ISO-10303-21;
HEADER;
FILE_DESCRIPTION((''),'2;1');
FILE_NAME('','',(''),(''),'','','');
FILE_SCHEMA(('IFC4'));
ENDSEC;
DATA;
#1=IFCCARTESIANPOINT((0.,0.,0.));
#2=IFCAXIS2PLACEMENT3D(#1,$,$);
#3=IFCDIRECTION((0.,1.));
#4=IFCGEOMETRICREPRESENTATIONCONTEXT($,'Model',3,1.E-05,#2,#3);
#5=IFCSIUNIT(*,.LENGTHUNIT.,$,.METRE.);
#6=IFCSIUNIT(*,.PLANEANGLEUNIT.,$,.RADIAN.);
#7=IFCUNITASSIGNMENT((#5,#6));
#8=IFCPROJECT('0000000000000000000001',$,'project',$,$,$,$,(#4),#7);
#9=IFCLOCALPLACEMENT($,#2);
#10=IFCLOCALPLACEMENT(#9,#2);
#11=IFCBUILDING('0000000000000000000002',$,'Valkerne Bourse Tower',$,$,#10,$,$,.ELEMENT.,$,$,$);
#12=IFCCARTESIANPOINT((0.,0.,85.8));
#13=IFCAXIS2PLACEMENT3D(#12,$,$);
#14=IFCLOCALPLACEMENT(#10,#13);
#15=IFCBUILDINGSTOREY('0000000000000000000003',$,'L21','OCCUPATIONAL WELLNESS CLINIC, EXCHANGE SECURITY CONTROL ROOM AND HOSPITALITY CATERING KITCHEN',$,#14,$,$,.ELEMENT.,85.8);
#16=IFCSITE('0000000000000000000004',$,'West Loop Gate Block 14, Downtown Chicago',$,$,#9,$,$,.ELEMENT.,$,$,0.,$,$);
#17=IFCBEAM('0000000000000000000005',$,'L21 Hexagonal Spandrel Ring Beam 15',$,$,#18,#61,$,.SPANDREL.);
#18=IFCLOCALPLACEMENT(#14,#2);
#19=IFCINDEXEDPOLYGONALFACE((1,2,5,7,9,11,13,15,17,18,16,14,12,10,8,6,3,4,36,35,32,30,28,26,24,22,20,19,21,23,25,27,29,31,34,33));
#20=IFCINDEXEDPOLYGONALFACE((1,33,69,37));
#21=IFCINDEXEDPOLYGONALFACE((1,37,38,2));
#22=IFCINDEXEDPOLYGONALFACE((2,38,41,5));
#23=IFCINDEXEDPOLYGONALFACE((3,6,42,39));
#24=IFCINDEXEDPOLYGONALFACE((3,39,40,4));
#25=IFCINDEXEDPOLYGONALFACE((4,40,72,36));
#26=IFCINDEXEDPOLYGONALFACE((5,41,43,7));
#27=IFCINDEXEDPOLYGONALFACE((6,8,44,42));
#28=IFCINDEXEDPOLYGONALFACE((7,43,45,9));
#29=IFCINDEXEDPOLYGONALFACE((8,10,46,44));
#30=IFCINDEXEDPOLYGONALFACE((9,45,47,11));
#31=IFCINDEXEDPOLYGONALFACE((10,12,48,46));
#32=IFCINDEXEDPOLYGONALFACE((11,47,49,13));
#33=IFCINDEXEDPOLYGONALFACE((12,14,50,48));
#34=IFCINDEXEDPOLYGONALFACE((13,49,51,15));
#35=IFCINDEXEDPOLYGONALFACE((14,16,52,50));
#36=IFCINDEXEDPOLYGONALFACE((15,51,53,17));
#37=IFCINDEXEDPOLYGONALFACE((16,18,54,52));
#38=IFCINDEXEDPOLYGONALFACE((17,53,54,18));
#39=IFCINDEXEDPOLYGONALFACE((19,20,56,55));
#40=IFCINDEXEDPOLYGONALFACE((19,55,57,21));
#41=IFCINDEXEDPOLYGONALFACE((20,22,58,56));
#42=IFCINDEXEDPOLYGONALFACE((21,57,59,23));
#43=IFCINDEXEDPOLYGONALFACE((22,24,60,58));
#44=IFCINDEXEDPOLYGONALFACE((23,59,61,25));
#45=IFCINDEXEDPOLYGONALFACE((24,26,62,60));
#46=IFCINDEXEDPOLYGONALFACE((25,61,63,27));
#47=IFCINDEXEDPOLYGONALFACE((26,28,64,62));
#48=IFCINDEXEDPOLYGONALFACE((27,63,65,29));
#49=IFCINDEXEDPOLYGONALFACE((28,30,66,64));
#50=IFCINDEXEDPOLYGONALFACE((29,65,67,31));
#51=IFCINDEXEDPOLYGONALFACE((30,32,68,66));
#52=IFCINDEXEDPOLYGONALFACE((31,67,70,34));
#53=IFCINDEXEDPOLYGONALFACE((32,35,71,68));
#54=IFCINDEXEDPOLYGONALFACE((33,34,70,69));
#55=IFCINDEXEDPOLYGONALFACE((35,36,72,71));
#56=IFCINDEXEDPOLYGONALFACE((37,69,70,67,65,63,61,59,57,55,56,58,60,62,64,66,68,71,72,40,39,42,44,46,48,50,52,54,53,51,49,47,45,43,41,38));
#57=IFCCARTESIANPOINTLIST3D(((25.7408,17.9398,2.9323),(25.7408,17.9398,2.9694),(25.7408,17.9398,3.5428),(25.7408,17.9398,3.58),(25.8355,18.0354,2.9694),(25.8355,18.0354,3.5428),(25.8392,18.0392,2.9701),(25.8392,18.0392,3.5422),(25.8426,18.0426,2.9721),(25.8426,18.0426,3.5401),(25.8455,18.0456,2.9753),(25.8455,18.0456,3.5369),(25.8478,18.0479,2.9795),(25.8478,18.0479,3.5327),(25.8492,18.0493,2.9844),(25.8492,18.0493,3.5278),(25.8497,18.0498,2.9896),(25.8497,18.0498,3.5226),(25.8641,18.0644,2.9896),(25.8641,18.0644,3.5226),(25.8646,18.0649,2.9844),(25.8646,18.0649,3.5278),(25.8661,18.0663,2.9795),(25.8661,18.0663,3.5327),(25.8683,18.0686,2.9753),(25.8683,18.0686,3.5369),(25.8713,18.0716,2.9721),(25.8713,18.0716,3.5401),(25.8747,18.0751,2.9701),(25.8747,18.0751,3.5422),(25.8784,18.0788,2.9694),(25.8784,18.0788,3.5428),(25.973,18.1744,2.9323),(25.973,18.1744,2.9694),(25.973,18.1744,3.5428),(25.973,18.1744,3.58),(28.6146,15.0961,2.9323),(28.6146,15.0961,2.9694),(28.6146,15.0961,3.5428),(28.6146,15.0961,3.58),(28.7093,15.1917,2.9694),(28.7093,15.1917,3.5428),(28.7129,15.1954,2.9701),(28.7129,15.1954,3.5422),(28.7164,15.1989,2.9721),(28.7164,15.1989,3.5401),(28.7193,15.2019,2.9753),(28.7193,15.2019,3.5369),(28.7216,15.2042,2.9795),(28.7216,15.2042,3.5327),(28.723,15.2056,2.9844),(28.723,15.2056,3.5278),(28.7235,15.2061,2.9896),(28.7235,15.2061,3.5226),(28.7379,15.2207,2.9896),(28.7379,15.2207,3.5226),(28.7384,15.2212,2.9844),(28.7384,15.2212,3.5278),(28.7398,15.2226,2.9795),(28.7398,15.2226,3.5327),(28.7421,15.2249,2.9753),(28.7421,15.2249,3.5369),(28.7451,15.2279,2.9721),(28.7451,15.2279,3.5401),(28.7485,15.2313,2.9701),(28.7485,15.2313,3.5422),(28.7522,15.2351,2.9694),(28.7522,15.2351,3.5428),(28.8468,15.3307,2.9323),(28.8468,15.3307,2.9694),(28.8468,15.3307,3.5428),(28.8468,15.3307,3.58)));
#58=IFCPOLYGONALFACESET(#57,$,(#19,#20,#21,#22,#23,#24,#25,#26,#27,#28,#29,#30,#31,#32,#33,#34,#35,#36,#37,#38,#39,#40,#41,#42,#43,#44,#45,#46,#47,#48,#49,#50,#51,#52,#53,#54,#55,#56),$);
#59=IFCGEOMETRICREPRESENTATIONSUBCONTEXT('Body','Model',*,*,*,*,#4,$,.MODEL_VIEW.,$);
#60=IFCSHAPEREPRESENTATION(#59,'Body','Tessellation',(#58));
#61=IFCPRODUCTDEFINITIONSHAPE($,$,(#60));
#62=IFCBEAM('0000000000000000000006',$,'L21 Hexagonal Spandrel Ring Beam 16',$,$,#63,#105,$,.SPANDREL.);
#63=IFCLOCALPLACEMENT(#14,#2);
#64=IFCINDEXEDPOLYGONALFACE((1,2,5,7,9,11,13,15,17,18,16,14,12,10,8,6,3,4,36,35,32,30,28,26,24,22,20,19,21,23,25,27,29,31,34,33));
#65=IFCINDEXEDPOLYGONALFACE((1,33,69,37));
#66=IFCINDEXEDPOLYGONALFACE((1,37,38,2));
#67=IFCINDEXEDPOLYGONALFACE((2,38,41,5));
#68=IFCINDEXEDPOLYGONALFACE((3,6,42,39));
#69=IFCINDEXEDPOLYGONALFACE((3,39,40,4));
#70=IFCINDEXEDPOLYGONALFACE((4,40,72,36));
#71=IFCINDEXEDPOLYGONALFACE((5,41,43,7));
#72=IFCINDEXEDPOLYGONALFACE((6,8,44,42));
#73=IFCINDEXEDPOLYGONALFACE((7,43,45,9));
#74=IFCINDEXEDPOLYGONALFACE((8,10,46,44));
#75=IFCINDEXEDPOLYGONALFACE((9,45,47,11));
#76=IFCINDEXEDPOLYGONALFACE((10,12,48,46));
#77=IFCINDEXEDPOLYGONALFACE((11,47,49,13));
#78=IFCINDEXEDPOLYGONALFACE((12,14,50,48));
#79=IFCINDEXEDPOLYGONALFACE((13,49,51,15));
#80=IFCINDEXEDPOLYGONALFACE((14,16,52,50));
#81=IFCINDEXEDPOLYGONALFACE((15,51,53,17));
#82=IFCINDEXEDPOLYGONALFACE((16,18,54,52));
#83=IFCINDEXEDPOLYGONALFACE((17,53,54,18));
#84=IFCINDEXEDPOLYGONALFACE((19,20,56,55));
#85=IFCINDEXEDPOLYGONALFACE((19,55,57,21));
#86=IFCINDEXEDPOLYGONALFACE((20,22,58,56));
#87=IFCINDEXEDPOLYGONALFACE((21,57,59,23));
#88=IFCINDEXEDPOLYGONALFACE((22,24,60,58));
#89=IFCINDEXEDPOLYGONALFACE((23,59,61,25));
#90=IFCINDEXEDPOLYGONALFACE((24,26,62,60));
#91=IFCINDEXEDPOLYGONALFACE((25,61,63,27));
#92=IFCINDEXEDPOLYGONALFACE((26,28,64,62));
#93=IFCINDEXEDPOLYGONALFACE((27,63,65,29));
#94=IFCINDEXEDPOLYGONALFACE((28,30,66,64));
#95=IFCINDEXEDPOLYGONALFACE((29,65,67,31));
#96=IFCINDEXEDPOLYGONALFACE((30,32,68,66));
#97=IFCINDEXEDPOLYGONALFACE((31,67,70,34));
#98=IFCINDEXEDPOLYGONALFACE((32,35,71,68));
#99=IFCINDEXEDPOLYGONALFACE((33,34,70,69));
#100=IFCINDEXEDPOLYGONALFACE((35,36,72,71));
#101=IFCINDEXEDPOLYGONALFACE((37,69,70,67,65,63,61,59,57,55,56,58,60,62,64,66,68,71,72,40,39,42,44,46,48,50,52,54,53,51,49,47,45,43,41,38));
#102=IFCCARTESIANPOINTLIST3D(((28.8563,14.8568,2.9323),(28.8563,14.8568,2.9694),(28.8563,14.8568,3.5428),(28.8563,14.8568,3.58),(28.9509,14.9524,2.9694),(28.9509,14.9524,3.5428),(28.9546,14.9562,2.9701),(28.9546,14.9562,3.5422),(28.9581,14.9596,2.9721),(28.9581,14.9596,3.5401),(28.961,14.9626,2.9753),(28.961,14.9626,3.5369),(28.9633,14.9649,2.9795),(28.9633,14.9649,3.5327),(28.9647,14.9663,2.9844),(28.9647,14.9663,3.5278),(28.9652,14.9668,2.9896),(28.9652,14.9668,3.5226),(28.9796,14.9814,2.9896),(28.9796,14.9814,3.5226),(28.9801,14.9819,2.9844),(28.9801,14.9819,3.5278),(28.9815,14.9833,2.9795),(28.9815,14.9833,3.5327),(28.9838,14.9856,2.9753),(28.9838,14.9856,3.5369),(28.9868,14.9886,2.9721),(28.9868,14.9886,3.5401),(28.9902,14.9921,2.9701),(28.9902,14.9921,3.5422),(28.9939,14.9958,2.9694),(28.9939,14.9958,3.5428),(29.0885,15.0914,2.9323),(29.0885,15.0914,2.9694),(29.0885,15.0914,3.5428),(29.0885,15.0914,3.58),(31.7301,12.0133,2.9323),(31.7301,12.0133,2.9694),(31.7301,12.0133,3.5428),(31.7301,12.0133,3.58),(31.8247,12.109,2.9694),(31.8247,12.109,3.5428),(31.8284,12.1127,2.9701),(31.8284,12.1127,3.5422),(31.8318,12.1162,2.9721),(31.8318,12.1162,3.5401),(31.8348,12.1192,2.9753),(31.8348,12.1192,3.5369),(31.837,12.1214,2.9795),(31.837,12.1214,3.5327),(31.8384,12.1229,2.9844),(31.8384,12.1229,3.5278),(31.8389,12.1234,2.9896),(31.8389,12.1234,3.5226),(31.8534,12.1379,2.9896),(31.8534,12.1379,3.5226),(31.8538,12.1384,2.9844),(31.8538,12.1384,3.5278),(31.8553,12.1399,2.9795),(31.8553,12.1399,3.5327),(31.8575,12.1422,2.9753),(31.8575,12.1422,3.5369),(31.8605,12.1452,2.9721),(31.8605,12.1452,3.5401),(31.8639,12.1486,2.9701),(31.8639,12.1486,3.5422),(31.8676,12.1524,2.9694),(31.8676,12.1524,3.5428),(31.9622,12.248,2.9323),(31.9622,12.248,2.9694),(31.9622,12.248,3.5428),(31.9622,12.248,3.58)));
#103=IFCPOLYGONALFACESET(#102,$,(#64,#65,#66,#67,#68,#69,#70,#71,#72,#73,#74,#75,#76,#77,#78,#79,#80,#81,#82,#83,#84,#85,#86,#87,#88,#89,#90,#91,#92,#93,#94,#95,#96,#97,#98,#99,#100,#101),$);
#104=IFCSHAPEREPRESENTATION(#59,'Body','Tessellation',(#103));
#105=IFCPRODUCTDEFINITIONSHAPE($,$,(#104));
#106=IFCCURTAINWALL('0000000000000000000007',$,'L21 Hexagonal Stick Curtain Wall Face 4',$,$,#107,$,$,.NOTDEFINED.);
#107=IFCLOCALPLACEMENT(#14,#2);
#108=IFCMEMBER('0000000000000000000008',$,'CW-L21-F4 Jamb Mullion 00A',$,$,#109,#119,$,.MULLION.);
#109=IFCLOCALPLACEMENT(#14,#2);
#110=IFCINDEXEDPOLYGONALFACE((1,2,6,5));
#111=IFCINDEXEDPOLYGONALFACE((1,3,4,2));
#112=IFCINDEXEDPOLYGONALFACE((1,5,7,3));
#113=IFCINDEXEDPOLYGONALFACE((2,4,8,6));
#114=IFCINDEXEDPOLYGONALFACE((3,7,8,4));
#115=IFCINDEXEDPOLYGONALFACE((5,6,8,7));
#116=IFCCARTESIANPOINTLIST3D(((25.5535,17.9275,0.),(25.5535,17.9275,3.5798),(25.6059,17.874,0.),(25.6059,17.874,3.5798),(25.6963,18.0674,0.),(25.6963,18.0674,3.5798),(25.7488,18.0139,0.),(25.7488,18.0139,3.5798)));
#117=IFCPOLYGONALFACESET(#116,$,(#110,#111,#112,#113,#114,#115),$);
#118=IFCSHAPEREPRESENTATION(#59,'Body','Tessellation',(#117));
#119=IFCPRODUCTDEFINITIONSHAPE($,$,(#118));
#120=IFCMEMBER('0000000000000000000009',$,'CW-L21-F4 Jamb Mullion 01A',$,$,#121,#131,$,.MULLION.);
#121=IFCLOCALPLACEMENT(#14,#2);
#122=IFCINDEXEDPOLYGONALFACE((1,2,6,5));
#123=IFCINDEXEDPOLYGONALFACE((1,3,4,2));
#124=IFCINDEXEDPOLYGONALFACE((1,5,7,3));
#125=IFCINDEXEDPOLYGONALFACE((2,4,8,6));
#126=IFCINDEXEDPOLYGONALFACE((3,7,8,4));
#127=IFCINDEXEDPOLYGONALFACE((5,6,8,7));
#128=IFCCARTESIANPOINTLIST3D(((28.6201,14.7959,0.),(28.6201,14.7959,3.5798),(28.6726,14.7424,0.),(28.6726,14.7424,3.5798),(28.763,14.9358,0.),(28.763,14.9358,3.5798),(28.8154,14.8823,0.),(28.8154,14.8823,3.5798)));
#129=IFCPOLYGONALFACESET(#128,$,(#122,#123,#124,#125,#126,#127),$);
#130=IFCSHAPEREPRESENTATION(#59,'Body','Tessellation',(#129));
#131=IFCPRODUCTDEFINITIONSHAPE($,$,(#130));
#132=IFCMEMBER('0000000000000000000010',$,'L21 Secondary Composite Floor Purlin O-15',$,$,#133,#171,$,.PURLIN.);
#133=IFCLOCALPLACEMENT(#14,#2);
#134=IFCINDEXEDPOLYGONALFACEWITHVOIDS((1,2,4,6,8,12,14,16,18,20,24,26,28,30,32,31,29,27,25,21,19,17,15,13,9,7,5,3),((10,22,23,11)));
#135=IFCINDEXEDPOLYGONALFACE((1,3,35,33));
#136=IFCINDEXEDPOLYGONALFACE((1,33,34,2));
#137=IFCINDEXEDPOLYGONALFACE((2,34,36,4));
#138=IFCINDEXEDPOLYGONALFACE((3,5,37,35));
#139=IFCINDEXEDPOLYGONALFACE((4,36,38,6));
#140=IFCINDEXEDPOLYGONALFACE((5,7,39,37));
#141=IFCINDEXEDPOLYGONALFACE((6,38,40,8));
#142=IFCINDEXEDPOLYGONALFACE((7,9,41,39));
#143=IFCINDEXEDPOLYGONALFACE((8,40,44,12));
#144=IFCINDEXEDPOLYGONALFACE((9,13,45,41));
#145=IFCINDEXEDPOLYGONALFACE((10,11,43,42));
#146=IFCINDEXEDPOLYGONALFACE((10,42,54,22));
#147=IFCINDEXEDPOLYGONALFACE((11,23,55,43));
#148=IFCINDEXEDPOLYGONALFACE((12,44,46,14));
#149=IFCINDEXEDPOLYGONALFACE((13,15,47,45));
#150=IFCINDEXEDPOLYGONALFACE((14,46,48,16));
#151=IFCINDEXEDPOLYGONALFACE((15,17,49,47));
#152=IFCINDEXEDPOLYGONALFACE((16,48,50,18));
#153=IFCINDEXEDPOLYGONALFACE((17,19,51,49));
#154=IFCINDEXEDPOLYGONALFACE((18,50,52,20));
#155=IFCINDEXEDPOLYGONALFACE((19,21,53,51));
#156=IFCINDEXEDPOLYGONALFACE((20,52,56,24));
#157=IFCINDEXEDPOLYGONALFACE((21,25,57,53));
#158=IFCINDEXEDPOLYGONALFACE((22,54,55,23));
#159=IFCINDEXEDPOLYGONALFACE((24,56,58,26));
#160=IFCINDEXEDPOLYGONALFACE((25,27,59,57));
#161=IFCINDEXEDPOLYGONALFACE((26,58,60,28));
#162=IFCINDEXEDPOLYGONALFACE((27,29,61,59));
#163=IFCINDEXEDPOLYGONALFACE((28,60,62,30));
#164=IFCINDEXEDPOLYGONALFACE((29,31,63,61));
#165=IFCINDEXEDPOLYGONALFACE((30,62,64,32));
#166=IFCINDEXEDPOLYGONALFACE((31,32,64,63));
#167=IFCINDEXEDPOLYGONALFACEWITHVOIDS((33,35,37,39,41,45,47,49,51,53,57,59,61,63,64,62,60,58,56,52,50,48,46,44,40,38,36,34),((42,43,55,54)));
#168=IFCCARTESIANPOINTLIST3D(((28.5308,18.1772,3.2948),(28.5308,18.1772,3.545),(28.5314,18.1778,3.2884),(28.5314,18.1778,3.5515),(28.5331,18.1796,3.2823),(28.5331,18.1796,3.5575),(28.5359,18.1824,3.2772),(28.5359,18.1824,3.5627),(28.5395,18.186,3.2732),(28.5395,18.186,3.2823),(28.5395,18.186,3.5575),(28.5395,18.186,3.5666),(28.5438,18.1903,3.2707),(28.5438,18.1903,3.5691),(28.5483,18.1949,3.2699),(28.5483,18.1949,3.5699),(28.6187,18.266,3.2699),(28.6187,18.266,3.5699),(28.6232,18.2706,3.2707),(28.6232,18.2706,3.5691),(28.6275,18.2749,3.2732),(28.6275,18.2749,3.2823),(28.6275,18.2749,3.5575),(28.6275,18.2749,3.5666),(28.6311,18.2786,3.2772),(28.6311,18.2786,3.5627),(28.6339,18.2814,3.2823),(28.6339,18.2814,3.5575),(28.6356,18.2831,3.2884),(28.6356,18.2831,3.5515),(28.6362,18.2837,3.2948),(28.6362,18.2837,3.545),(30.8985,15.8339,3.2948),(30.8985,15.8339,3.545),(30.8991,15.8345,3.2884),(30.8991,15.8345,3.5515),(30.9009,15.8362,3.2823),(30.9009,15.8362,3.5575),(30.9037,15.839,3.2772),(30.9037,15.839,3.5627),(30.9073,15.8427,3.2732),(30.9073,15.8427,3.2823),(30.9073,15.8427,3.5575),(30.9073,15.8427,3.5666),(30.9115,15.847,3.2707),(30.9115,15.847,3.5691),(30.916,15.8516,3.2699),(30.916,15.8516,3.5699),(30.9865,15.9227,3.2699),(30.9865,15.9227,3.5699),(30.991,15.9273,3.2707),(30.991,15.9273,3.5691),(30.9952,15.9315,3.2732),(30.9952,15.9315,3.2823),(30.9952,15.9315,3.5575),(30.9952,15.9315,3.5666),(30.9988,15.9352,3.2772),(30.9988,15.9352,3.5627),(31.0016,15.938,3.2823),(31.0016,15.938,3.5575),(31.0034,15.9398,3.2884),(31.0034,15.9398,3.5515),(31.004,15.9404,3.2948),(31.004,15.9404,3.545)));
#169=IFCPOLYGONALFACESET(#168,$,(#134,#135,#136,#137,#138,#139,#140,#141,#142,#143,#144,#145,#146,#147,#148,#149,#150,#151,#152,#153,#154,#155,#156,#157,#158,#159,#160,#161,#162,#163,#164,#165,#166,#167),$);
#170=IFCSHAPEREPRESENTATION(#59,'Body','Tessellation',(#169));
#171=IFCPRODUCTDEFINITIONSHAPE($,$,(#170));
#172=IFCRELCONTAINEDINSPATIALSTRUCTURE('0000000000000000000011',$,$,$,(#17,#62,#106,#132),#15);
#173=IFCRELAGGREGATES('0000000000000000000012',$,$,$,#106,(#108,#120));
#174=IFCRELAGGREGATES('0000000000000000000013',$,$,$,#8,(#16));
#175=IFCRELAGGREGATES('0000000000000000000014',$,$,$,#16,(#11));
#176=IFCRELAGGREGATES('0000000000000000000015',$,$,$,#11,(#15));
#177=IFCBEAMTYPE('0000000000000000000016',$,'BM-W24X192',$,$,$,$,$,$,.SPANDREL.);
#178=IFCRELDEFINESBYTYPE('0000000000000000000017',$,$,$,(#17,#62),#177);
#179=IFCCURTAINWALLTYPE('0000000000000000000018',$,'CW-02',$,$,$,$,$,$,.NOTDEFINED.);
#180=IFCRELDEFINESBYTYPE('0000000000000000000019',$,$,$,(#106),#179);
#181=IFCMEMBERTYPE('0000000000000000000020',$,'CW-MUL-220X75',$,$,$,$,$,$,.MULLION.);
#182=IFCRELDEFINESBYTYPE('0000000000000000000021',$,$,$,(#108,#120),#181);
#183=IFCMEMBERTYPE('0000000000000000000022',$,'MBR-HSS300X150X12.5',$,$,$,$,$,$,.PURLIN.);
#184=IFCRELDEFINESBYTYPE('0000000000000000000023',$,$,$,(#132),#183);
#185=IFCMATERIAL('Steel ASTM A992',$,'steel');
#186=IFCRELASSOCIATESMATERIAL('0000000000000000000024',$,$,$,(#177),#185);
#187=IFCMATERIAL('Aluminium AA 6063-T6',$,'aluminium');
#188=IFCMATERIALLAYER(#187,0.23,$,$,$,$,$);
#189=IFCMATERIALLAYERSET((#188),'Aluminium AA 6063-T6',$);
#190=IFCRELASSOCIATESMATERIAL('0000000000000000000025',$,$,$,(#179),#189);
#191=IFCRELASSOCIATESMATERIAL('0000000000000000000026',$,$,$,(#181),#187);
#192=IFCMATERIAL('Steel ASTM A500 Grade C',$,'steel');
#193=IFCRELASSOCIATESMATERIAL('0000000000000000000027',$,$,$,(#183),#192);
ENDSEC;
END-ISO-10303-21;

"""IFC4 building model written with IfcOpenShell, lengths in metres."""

from ifc_helpers import new_model, si_unit, direction, frame, origin, origin_2d, place, context, subcontext, project, spatial, rectangle, hollow_rectangle, i_section, extrude, material, layer, layer_set, material_profile, profile_set, type_object, element, aggregate, save


model = new_model("IFC4")

# Units and contexts
model_context = context("Model", 3, precision=1e-05, world=origin(), true_north=direction((0.0, 1.0)))
body_context = subcontext(model_context, "Body", "Model", "MODEL_VIEW")
ifc_project = project(units=[si_unit("LENGTHUNIT", "METRE"), si_unit("PLANEANGLEUNIT", "RADIAN")], contexts=[model_context])

# Site, building, storey
site_placement = place(None, origin())
site = spatial("IfcSite", under=ifc_project, at=site_placement, Name="West Loop Gate Block 14, Downtown Chicago", CompositionType="ELEMENT", RefElevation=0.0)
building_placement = place(site_placement, origin())
building = spatial("IfcBuilding", under=site, at=building_placement, Name="Valkerne Bourse Tower", CompositionType="ELEMENT")
storey_placement = place(building_placement, frame((0.0, 0.0, 85.8)))
storey = spatial("IfcBuildingStorey", under=building, at=storey_placement, Name="L21", Description="OCCUPATIONAL WELLNESS CLINIC, EXCHANGE SECURITY CONTROL ROOM AND HOSPITALITY CATERING KITCHEN", CompositionType="ELEMENT", Elevation=85.8)

# Beams
ifc_material_1 = material(Name="Steel ASTM A992", Category="steel")
ifc_material_profile_1 = material_profile(ifc_material_1, i_section(OverallWidth=0.3301, OverallDepth=0.6477, WebThickness=0.0205, FlangeThickness=0.0371, FilletRadius=0.0203, at=origin_2d()), Name="W24X192")
ifc_profile_set_1 = profile_set([ifc_material_profile_1], Name="Steel ASTM A992")
beam_type_1 = type_object("IfcBeamType", Name="BM-W24X192", PredefinedType="SPANDREL", material=ifc_profile_set_1)
beam_1_placement = place(storey_placement, frame((25.8569, 18.0571, 3.2561), z_axis=(0.710811, -0.703383, 0.0), x_axis=(0.703383, 0.710811, 0.0)))
element("IfcBeam", 1, at=beam_1_placement, inside=storey, type_object=beam_type_1, Name="L21 Hexagonal Spandrel Ring Beam 15", PredefinedType="SPANDREL", context=body_context, shape_type="SweptSolid", body=[
    extrude(i_section(OverallWidth=0.3301, OverallDepth=0.6477, WebThickness=0.0205, FlangeThickness=0.0371, FilletRadius=0.0203, at=origin_2d()), origin(), (0.0, 0.0, 1.0), 4.043),
])
beam_2_placement = place(storey_placement, frame((28.9724, 14.9741, 3.2561), z_axis=(0.710841, -0.703353, 0.0), x_axis=(0.703353, 0.710841, 0.0)))
element("IfcBeam", 2, at=beam_2_placement, inside=storey, type_object=beam_type_1, Name="L21 Hexagonal Spandrel Ring Beam 16", PredefinedType="SPANDREL", context=body_context, shape_type="SweptSolid", body=[
    extrude(i_section(OverallWidth=0.3301, OverallDepth=0.6477, WebThickness=0.0205, FlangeThickness=0.0371, FilletRadius=0.0203, at=origin_2d()), origin(), (0.0, 0.0, 1.0), 4.0427),
])

# Curtain wall, members
ifc_material_2 = material(Name="Aluminium AA 6063-T6", Category="aluminium")
ifc_layer_1 = layer(ifc_material_2, 0.23)
ifc_layer_set_1 = layer_set([ifc_layer_1], Name="Aluminium AA 6063-T6")
curtain_wall_type = type_object("IfcCurtainWallType", Name="CW-02", PredefinedType="NOTDEFINED", material=ifc_layer_set_1)
curtain_wall_placement = place(storey_placement, origin())
curtain_wall = element("IfcCurtainWall", 3, at=curtain_wall_placement, inside=storey, type_object=curtain_wall_type, Name="L21 Hexagonal Stick Curtain Wall Face 4", PredefinedType="NOTDEFINED")
ifc_material_profile_2 = material_profile(ifc_material_2, rectangle(XDim=0.075, YDim=0.2, at=origin_2d()), Name="CWM-75X200")
ifc_profile_set_2 = profile_set([ifc_material_profile_2], Name="Aluminium AA 6063-T6")
member_type_1 = type_object("IfcMemberType", Name="CW-MUL-220X75", PredefinedType="MULLION", material=ifc_profile_set_2)
member_1_placement = place(storey_placement, frame((25.6511, 17.9707, 0.0), z_axis=(0.0, 0.0, 1.0), x_axis=(0.699653, -0.714483, 0.0)))
member_1 = element("IfcMember", 4, at=member_1_placement, type_object=member_type_1, Name="CW-L21-F4 Jamb Mullion 00A", PredefinedType="MULLION", context=body_context, shape_type="SweptSolid", body=[
    extrude(rectangle(XDim=0.075, YDim=0.2, at=origin_2d()), origin(), (0.0, 0.0, 1.0), 3.5798),
])
member_2_placement = place(storey_placement, frame((28.7178, 14.8391, 0.0), z_axis=(0.0, 0.0, 1.0), x_axis=(0.699664, -0.714472, 0.0)))
member_2 = element("IfcMember", 5, at=member_2_placement, type_object=member_type_1, Name="CW-L21-F4 Jamb Mullion 01A", PredefinedType="MULLION", context=body_context, shape_type="SweptSolid", body=[
    extrude(rectangle(XDim=0.075, YDim=0.2, at=origin_2d()), origin(), (0.0, 0.0, 1.0), 3.5798),
])

# Member
ifc_material_3 = material(Name="Steel ASTM A500 Grade C", Category="steel")
ifc_material_profile_3 = material_profile(ifc_material_3, hollow_rectangle(XDim=0.1499, YDim=0.3, WallThickness=0.0125, OuterFilletRadius=0.0249, at=origin_2d()), Name="HSS300X150X12.5")
ifc_profile_set_3 = profile_set([ifc_material_profile_3], Name="Steel ASTM A500 Grade C")
member_type_2 = type_object("IfcMemberType", Name="MBR-HSS300X150X12.5", PredefinedType="PURLIN", material=ifc_profile_set_3)
member_3_placement = place(storey_placement, frame((28.5835, 18.2305, 3.4199), z_axis=(0.710762, -0.703433, 0.0), x_axis=(0.703433, 0.710762, 0.0)))
element("IfcMember", 6, at=member_3_placement, inside=storey, type_object=member_type_2, Name="L21 Secondary Composite Floor Purlin O-15", PredefinedType="PURLIN", context=body_context, shape_type="SweptSolid", body=[
    extrude(hollow_rectangle(XDim=0.1499, YDim=0.3, WallThickness=0.0125, OuterFilletRadius=0.0249, at=origin_2d()), origin(), (0.0, 0.0, 1.0), 3.3313),
])

aggregate(curtain_wall, [member_1, member_2])

save(model, "model.ifc")
